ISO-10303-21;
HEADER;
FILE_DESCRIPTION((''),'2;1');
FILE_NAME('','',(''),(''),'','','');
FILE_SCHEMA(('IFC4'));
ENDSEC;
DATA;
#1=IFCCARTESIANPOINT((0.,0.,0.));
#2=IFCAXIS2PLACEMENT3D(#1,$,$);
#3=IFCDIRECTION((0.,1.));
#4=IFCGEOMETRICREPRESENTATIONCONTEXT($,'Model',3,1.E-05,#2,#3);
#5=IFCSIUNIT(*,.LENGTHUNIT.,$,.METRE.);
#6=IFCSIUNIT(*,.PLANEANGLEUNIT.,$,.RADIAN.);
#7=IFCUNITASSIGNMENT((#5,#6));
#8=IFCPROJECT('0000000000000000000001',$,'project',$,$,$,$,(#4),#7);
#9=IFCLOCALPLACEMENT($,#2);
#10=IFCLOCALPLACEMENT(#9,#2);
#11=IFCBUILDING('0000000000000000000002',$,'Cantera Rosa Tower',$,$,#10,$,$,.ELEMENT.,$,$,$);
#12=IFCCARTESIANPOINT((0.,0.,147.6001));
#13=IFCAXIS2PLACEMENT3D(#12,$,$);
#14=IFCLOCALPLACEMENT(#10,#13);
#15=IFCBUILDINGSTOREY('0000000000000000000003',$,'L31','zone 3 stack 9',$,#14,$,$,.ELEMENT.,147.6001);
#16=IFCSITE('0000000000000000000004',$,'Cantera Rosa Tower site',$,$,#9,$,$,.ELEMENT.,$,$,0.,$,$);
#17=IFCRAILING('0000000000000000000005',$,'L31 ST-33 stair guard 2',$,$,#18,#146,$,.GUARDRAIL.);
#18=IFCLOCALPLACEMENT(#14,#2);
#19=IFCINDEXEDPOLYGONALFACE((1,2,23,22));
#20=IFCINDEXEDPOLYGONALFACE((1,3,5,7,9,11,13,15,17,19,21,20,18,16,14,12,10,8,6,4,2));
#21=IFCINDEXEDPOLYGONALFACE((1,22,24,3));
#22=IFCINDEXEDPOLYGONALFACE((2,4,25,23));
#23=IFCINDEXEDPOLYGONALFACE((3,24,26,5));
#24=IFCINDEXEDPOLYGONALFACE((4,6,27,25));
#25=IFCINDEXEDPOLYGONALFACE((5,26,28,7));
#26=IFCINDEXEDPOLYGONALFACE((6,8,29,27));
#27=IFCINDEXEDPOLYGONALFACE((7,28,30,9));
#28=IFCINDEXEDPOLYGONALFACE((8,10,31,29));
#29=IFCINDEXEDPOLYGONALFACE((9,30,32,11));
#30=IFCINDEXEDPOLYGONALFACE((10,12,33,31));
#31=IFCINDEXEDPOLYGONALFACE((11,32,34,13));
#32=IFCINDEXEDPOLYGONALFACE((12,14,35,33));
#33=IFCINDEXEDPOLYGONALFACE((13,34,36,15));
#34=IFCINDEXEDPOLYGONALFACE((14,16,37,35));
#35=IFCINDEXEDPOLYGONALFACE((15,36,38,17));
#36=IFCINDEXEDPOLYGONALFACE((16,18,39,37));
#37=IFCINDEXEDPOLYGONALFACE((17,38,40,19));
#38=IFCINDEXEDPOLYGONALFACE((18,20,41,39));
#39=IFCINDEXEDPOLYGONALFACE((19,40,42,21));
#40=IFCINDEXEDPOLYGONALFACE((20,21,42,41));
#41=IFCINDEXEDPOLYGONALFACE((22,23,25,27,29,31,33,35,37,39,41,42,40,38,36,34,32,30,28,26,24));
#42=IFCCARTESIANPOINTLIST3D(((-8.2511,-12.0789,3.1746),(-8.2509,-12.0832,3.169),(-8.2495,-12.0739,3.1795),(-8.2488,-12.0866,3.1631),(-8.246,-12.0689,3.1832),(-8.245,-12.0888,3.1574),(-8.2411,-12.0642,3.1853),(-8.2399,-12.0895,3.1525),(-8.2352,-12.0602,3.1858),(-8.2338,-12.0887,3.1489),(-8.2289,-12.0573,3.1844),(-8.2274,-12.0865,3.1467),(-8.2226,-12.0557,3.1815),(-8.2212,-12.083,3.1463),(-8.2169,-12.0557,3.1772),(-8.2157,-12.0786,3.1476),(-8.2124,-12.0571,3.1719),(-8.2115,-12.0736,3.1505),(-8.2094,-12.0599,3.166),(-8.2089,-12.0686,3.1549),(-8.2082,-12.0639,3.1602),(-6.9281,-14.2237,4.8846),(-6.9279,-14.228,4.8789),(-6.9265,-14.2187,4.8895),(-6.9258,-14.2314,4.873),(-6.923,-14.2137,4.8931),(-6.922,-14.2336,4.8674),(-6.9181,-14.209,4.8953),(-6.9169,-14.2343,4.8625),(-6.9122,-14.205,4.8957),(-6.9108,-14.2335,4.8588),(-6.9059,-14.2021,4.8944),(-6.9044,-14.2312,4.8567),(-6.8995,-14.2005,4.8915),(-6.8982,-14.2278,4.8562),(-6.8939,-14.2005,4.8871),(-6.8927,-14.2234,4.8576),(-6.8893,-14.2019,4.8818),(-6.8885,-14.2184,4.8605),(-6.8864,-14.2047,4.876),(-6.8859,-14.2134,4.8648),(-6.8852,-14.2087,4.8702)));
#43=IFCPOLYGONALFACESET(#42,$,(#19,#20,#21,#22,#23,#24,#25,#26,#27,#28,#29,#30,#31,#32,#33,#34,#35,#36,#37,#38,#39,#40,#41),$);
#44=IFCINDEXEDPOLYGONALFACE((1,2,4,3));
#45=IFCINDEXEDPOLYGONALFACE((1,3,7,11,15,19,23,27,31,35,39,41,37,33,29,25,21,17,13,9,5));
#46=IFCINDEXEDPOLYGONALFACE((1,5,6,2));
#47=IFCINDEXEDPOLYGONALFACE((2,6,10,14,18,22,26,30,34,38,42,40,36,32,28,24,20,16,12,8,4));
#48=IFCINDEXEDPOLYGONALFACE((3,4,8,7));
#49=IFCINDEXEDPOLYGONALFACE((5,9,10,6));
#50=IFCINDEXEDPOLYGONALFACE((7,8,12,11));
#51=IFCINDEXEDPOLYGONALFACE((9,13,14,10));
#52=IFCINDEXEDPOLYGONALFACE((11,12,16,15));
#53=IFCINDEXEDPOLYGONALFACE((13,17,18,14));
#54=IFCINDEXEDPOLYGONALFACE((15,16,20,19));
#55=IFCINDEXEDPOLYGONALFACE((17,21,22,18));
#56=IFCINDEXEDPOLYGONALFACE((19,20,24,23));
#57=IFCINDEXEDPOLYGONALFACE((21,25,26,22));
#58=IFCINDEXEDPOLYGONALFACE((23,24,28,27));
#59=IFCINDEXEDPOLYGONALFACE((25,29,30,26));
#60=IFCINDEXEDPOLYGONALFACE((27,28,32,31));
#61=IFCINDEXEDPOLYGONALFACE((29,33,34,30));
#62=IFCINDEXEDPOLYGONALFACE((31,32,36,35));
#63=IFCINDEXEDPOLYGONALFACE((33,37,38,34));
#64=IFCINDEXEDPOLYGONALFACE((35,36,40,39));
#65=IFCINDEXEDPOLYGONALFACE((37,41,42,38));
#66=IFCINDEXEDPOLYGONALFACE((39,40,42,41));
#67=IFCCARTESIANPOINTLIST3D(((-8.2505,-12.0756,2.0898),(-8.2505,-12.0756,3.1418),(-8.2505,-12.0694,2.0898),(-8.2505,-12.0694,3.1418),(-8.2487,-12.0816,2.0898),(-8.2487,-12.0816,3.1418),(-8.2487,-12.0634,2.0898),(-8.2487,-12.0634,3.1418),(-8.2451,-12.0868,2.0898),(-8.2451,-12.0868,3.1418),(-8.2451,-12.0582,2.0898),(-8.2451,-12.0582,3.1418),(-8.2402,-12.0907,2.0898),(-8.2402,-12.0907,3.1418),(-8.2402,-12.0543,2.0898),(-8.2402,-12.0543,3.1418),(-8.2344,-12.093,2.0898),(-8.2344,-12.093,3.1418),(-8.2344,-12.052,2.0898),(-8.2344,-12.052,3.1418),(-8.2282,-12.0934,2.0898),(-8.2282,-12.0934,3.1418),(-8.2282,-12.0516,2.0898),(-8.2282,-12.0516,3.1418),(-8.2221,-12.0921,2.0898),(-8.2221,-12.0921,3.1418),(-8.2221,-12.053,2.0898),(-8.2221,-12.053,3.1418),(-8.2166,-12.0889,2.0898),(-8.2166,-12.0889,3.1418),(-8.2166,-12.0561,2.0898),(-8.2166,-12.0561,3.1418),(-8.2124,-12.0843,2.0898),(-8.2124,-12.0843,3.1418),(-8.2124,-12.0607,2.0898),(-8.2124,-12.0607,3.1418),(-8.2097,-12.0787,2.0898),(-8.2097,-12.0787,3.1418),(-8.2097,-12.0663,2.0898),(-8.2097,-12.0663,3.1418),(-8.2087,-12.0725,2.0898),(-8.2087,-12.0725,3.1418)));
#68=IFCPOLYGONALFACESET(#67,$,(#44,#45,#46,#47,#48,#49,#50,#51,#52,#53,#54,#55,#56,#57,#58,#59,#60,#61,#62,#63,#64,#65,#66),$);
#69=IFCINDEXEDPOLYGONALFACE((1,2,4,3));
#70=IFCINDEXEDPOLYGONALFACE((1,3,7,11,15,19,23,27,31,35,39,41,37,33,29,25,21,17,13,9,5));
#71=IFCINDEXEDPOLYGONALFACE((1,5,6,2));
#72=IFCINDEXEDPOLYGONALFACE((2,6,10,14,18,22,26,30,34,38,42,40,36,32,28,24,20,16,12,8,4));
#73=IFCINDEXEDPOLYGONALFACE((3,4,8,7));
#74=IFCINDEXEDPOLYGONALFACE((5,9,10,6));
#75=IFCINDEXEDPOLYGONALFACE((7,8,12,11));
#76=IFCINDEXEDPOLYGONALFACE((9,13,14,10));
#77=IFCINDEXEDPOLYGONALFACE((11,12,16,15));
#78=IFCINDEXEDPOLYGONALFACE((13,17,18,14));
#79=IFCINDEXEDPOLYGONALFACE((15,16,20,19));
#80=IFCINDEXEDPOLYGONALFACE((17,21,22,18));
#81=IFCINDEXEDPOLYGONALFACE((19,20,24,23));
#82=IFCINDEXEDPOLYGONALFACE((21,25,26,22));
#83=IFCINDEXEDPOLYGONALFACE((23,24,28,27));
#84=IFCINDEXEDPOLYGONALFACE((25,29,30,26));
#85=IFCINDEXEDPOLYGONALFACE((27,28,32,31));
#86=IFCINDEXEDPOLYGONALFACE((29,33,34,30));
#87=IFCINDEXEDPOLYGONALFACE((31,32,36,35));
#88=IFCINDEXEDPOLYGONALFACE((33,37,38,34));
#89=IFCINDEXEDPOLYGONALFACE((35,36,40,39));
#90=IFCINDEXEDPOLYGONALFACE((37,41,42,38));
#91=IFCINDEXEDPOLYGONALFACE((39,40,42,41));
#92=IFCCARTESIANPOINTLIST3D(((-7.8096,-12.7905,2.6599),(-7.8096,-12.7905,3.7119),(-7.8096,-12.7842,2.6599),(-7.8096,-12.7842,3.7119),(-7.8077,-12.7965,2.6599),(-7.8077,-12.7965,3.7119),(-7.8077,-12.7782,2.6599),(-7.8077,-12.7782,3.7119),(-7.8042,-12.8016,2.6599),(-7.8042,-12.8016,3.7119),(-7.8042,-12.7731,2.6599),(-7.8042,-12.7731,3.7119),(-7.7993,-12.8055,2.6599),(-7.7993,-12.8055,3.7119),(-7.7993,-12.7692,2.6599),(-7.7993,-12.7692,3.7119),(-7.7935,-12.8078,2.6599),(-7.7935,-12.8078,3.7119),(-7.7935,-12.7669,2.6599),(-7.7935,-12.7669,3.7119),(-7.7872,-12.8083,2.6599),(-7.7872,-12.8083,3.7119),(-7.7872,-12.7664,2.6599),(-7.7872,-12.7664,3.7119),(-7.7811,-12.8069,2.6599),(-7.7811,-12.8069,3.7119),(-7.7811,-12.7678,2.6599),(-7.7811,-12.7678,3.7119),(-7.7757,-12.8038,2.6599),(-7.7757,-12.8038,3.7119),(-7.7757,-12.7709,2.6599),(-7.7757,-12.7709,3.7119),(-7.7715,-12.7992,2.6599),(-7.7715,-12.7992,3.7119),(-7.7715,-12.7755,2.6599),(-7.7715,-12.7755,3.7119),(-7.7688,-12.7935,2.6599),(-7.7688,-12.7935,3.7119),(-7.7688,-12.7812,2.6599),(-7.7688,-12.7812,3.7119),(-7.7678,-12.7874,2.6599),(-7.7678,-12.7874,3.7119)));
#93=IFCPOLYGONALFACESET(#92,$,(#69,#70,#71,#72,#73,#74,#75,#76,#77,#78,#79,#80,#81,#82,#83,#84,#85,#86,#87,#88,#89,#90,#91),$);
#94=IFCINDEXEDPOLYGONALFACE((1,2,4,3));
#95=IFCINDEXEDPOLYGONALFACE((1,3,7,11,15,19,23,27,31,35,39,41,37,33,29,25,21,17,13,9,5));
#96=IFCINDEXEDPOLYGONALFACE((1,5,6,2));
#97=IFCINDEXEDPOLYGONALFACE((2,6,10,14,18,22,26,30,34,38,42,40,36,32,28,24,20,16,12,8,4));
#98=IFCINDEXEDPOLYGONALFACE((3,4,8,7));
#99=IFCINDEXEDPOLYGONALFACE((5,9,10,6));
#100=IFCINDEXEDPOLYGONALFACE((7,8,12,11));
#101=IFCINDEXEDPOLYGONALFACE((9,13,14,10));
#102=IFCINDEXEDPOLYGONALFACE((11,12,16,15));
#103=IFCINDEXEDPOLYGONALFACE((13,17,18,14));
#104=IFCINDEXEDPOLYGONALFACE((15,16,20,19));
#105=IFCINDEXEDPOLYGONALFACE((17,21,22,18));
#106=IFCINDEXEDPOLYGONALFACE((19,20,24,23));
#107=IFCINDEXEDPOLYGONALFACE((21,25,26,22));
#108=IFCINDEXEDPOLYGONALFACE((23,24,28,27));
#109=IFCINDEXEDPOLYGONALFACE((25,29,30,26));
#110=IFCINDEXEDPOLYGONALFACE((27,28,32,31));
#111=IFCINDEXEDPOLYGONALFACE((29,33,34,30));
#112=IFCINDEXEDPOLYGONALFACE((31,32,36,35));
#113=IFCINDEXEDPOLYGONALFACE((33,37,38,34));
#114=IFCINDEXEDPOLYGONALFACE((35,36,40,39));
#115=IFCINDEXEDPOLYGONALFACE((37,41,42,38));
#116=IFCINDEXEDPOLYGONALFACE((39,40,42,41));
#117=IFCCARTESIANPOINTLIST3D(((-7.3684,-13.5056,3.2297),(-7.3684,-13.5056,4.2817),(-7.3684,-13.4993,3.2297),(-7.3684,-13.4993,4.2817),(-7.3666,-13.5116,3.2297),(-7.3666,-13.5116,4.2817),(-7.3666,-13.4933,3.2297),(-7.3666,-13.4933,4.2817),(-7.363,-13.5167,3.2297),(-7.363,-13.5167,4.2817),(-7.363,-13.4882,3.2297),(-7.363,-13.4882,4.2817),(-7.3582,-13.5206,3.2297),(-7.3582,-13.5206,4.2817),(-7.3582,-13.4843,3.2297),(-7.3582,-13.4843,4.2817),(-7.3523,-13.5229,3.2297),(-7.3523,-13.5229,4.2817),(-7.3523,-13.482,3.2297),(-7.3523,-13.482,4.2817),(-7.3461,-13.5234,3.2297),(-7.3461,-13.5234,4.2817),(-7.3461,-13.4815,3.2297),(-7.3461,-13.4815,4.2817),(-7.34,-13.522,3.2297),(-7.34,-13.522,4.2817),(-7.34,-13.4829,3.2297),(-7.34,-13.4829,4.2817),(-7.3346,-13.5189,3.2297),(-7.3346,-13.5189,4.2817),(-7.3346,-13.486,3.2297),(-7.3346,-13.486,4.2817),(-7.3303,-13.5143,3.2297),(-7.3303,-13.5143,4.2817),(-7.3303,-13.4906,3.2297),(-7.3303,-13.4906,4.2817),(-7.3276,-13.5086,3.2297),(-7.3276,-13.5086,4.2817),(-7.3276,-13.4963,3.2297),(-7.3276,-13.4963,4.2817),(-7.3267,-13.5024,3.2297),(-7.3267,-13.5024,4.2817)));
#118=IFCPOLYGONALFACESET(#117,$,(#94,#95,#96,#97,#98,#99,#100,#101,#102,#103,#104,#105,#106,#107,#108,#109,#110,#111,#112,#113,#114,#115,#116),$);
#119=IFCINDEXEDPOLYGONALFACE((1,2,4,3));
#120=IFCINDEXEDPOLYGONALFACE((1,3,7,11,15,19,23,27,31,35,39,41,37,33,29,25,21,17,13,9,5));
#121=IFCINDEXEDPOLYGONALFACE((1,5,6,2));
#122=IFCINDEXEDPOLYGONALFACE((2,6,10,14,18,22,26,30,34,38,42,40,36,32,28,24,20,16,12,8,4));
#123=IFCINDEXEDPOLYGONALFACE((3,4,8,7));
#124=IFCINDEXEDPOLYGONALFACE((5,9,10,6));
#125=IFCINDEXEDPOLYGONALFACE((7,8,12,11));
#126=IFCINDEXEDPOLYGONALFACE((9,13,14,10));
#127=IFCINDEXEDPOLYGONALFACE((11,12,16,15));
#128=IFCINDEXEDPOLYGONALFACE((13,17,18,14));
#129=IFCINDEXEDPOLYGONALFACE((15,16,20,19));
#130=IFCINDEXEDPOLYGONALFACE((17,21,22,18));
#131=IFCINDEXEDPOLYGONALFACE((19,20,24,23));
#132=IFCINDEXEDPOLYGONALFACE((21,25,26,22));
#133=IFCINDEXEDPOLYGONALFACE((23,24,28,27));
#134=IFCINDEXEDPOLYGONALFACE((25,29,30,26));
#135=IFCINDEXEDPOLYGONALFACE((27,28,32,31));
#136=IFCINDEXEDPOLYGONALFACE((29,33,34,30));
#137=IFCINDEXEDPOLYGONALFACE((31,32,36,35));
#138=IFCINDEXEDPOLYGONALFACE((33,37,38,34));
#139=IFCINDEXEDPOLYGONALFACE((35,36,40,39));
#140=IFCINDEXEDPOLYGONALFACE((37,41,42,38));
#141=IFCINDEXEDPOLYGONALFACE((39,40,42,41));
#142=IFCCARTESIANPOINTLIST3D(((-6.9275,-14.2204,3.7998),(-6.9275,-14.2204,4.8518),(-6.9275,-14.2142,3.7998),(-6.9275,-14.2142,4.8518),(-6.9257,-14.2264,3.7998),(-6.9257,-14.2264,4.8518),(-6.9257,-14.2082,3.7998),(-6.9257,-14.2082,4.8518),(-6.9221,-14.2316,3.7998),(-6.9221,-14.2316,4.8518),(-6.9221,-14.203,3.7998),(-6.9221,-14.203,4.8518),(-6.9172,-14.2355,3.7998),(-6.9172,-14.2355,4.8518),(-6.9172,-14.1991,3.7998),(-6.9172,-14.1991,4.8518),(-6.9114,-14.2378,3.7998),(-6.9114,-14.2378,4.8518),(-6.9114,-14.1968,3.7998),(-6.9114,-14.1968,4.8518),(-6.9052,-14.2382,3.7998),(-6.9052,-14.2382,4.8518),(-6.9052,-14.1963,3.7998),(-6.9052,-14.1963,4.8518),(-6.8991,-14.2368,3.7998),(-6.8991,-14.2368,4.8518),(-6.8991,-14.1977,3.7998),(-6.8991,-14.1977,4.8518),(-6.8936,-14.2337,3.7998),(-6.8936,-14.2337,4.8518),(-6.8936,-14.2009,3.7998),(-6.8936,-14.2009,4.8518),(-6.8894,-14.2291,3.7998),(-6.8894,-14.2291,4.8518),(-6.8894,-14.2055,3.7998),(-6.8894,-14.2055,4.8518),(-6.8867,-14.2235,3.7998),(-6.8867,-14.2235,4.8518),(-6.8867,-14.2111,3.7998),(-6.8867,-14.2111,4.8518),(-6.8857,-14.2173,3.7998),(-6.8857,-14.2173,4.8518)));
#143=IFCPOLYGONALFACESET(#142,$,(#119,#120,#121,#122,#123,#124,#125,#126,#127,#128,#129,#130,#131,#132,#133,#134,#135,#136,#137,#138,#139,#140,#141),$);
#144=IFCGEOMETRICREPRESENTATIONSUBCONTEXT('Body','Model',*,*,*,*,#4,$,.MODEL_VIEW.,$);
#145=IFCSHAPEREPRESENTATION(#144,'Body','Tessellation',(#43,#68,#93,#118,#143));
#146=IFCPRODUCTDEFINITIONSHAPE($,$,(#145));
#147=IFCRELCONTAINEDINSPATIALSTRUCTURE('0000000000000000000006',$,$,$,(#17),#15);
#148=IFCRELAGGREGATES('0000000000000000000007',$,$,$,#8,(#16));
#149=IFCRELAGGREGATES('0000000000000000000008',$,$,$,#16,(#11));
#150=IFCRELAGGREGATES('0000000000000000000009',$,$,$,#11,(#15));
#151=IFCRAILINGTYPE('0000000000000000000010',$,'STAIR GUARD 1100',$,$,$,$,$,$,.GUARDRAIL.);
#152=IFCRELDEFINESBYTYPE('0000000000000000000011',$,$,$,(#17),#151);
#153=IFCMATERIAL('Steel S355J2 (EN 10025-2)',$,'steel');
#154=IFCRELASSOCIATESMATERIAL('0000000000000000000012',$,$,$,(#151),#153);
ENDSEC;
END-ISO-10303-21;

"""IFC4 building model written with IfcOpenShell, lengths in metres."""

from ifc_helpers import new_model, si_unit, direction, frame, origin, origin_2d, place, context, subcontext, project, spatial, circle, extrude, material, type_object, element, save


model = new_model("IFC4")

# Units and contexts
model_context = context("Model", 3, precision=1e-05, world=origin(), true_north=direction((0.0, 1.0)))
body_context = subcontext(model_context, "Body", "Model", "MODEL_VIEW")
ifc_project = project(units=[si_unit("LENGTHUNIT", "METRE"), si_unit("PLANEANGLEUNIT", "RADIAN")], contexts=[model_context])

# Site, building, storey
site_placement = place(None, origin())
site = spatial("IfcSite", under=ifc_project, at=site_placement, Name="Cantera Rosa Tower site", CompositionType="ELEMENT", RefElevation=0.0)
building_placement = place(site_placement, origin())
building = spatial("IfcBuilding", under=site, at=building_placement, Name="Cantera Rosa Tower", CompositionType="ELEMENT")
storey_placement = place(building_placement, frame((0.0, 0.0, 147.6001)))
storey = spatial("IfcBuildingStorey", under=building, at=storey_placement, Name="L31", Description="zone 3 stack 9", CompositionType="ELEMENT", Elevation=147.6001)

# Railing
ifc_material_1 = material(Name="Steel S355J2 (EN 10025-2)", Category="steel")
railing_type_1 = type_object("IfcRailingType", Name="STAIR GUARD 1100", PredefinedType="GUARDRAIL", material=ifc_material_1)
railing_1_placement = place(storey_placement, frame((-8.2297, -12.0725, 2.0898)))
element("IfcRailing", 1, at=railing_1_placement, inside=storey, type_object=railing_type_1, Name="L31 ST-33 stair guard 2", PredefinedType="GUARDRAIL", context=body_context, shape_type="SweptSolid", body=[
    extrude(circle(Radius=0.0239, at=origin_2d()), frame((0.0, 0.0, 1.0762), z_axis=(0.434428, -0.704271, 0.561493), x_axis=(0.851102, 0.525, 0.0)), (0.0, 0.0, 1.0), 3.0454),
    extrude(circle(Radius=0.021, at=origin_2d()), origin(), (0.0, 0.0, 1.0), 1.052),
    extrude(circle(Radius=0.021, at=origin_2d()), frame((0.4409, -0.7148, 0.5701)), (0.0, 0.0, 1.0), 1.052),
    extrude(circle(Radius=0.021, at=origin_2d()), frame((0.8821, -1.4299, 1.1399)), (0.0, 0.0, 1.0), 1.052),
    extrude(circle(Radius=0.021, at=origin_2d()), frame((1.323, -2.1448, 1.71)), (0.0, 0.0, 1.0), 1.052),
])

save(model, "model.ifc")
